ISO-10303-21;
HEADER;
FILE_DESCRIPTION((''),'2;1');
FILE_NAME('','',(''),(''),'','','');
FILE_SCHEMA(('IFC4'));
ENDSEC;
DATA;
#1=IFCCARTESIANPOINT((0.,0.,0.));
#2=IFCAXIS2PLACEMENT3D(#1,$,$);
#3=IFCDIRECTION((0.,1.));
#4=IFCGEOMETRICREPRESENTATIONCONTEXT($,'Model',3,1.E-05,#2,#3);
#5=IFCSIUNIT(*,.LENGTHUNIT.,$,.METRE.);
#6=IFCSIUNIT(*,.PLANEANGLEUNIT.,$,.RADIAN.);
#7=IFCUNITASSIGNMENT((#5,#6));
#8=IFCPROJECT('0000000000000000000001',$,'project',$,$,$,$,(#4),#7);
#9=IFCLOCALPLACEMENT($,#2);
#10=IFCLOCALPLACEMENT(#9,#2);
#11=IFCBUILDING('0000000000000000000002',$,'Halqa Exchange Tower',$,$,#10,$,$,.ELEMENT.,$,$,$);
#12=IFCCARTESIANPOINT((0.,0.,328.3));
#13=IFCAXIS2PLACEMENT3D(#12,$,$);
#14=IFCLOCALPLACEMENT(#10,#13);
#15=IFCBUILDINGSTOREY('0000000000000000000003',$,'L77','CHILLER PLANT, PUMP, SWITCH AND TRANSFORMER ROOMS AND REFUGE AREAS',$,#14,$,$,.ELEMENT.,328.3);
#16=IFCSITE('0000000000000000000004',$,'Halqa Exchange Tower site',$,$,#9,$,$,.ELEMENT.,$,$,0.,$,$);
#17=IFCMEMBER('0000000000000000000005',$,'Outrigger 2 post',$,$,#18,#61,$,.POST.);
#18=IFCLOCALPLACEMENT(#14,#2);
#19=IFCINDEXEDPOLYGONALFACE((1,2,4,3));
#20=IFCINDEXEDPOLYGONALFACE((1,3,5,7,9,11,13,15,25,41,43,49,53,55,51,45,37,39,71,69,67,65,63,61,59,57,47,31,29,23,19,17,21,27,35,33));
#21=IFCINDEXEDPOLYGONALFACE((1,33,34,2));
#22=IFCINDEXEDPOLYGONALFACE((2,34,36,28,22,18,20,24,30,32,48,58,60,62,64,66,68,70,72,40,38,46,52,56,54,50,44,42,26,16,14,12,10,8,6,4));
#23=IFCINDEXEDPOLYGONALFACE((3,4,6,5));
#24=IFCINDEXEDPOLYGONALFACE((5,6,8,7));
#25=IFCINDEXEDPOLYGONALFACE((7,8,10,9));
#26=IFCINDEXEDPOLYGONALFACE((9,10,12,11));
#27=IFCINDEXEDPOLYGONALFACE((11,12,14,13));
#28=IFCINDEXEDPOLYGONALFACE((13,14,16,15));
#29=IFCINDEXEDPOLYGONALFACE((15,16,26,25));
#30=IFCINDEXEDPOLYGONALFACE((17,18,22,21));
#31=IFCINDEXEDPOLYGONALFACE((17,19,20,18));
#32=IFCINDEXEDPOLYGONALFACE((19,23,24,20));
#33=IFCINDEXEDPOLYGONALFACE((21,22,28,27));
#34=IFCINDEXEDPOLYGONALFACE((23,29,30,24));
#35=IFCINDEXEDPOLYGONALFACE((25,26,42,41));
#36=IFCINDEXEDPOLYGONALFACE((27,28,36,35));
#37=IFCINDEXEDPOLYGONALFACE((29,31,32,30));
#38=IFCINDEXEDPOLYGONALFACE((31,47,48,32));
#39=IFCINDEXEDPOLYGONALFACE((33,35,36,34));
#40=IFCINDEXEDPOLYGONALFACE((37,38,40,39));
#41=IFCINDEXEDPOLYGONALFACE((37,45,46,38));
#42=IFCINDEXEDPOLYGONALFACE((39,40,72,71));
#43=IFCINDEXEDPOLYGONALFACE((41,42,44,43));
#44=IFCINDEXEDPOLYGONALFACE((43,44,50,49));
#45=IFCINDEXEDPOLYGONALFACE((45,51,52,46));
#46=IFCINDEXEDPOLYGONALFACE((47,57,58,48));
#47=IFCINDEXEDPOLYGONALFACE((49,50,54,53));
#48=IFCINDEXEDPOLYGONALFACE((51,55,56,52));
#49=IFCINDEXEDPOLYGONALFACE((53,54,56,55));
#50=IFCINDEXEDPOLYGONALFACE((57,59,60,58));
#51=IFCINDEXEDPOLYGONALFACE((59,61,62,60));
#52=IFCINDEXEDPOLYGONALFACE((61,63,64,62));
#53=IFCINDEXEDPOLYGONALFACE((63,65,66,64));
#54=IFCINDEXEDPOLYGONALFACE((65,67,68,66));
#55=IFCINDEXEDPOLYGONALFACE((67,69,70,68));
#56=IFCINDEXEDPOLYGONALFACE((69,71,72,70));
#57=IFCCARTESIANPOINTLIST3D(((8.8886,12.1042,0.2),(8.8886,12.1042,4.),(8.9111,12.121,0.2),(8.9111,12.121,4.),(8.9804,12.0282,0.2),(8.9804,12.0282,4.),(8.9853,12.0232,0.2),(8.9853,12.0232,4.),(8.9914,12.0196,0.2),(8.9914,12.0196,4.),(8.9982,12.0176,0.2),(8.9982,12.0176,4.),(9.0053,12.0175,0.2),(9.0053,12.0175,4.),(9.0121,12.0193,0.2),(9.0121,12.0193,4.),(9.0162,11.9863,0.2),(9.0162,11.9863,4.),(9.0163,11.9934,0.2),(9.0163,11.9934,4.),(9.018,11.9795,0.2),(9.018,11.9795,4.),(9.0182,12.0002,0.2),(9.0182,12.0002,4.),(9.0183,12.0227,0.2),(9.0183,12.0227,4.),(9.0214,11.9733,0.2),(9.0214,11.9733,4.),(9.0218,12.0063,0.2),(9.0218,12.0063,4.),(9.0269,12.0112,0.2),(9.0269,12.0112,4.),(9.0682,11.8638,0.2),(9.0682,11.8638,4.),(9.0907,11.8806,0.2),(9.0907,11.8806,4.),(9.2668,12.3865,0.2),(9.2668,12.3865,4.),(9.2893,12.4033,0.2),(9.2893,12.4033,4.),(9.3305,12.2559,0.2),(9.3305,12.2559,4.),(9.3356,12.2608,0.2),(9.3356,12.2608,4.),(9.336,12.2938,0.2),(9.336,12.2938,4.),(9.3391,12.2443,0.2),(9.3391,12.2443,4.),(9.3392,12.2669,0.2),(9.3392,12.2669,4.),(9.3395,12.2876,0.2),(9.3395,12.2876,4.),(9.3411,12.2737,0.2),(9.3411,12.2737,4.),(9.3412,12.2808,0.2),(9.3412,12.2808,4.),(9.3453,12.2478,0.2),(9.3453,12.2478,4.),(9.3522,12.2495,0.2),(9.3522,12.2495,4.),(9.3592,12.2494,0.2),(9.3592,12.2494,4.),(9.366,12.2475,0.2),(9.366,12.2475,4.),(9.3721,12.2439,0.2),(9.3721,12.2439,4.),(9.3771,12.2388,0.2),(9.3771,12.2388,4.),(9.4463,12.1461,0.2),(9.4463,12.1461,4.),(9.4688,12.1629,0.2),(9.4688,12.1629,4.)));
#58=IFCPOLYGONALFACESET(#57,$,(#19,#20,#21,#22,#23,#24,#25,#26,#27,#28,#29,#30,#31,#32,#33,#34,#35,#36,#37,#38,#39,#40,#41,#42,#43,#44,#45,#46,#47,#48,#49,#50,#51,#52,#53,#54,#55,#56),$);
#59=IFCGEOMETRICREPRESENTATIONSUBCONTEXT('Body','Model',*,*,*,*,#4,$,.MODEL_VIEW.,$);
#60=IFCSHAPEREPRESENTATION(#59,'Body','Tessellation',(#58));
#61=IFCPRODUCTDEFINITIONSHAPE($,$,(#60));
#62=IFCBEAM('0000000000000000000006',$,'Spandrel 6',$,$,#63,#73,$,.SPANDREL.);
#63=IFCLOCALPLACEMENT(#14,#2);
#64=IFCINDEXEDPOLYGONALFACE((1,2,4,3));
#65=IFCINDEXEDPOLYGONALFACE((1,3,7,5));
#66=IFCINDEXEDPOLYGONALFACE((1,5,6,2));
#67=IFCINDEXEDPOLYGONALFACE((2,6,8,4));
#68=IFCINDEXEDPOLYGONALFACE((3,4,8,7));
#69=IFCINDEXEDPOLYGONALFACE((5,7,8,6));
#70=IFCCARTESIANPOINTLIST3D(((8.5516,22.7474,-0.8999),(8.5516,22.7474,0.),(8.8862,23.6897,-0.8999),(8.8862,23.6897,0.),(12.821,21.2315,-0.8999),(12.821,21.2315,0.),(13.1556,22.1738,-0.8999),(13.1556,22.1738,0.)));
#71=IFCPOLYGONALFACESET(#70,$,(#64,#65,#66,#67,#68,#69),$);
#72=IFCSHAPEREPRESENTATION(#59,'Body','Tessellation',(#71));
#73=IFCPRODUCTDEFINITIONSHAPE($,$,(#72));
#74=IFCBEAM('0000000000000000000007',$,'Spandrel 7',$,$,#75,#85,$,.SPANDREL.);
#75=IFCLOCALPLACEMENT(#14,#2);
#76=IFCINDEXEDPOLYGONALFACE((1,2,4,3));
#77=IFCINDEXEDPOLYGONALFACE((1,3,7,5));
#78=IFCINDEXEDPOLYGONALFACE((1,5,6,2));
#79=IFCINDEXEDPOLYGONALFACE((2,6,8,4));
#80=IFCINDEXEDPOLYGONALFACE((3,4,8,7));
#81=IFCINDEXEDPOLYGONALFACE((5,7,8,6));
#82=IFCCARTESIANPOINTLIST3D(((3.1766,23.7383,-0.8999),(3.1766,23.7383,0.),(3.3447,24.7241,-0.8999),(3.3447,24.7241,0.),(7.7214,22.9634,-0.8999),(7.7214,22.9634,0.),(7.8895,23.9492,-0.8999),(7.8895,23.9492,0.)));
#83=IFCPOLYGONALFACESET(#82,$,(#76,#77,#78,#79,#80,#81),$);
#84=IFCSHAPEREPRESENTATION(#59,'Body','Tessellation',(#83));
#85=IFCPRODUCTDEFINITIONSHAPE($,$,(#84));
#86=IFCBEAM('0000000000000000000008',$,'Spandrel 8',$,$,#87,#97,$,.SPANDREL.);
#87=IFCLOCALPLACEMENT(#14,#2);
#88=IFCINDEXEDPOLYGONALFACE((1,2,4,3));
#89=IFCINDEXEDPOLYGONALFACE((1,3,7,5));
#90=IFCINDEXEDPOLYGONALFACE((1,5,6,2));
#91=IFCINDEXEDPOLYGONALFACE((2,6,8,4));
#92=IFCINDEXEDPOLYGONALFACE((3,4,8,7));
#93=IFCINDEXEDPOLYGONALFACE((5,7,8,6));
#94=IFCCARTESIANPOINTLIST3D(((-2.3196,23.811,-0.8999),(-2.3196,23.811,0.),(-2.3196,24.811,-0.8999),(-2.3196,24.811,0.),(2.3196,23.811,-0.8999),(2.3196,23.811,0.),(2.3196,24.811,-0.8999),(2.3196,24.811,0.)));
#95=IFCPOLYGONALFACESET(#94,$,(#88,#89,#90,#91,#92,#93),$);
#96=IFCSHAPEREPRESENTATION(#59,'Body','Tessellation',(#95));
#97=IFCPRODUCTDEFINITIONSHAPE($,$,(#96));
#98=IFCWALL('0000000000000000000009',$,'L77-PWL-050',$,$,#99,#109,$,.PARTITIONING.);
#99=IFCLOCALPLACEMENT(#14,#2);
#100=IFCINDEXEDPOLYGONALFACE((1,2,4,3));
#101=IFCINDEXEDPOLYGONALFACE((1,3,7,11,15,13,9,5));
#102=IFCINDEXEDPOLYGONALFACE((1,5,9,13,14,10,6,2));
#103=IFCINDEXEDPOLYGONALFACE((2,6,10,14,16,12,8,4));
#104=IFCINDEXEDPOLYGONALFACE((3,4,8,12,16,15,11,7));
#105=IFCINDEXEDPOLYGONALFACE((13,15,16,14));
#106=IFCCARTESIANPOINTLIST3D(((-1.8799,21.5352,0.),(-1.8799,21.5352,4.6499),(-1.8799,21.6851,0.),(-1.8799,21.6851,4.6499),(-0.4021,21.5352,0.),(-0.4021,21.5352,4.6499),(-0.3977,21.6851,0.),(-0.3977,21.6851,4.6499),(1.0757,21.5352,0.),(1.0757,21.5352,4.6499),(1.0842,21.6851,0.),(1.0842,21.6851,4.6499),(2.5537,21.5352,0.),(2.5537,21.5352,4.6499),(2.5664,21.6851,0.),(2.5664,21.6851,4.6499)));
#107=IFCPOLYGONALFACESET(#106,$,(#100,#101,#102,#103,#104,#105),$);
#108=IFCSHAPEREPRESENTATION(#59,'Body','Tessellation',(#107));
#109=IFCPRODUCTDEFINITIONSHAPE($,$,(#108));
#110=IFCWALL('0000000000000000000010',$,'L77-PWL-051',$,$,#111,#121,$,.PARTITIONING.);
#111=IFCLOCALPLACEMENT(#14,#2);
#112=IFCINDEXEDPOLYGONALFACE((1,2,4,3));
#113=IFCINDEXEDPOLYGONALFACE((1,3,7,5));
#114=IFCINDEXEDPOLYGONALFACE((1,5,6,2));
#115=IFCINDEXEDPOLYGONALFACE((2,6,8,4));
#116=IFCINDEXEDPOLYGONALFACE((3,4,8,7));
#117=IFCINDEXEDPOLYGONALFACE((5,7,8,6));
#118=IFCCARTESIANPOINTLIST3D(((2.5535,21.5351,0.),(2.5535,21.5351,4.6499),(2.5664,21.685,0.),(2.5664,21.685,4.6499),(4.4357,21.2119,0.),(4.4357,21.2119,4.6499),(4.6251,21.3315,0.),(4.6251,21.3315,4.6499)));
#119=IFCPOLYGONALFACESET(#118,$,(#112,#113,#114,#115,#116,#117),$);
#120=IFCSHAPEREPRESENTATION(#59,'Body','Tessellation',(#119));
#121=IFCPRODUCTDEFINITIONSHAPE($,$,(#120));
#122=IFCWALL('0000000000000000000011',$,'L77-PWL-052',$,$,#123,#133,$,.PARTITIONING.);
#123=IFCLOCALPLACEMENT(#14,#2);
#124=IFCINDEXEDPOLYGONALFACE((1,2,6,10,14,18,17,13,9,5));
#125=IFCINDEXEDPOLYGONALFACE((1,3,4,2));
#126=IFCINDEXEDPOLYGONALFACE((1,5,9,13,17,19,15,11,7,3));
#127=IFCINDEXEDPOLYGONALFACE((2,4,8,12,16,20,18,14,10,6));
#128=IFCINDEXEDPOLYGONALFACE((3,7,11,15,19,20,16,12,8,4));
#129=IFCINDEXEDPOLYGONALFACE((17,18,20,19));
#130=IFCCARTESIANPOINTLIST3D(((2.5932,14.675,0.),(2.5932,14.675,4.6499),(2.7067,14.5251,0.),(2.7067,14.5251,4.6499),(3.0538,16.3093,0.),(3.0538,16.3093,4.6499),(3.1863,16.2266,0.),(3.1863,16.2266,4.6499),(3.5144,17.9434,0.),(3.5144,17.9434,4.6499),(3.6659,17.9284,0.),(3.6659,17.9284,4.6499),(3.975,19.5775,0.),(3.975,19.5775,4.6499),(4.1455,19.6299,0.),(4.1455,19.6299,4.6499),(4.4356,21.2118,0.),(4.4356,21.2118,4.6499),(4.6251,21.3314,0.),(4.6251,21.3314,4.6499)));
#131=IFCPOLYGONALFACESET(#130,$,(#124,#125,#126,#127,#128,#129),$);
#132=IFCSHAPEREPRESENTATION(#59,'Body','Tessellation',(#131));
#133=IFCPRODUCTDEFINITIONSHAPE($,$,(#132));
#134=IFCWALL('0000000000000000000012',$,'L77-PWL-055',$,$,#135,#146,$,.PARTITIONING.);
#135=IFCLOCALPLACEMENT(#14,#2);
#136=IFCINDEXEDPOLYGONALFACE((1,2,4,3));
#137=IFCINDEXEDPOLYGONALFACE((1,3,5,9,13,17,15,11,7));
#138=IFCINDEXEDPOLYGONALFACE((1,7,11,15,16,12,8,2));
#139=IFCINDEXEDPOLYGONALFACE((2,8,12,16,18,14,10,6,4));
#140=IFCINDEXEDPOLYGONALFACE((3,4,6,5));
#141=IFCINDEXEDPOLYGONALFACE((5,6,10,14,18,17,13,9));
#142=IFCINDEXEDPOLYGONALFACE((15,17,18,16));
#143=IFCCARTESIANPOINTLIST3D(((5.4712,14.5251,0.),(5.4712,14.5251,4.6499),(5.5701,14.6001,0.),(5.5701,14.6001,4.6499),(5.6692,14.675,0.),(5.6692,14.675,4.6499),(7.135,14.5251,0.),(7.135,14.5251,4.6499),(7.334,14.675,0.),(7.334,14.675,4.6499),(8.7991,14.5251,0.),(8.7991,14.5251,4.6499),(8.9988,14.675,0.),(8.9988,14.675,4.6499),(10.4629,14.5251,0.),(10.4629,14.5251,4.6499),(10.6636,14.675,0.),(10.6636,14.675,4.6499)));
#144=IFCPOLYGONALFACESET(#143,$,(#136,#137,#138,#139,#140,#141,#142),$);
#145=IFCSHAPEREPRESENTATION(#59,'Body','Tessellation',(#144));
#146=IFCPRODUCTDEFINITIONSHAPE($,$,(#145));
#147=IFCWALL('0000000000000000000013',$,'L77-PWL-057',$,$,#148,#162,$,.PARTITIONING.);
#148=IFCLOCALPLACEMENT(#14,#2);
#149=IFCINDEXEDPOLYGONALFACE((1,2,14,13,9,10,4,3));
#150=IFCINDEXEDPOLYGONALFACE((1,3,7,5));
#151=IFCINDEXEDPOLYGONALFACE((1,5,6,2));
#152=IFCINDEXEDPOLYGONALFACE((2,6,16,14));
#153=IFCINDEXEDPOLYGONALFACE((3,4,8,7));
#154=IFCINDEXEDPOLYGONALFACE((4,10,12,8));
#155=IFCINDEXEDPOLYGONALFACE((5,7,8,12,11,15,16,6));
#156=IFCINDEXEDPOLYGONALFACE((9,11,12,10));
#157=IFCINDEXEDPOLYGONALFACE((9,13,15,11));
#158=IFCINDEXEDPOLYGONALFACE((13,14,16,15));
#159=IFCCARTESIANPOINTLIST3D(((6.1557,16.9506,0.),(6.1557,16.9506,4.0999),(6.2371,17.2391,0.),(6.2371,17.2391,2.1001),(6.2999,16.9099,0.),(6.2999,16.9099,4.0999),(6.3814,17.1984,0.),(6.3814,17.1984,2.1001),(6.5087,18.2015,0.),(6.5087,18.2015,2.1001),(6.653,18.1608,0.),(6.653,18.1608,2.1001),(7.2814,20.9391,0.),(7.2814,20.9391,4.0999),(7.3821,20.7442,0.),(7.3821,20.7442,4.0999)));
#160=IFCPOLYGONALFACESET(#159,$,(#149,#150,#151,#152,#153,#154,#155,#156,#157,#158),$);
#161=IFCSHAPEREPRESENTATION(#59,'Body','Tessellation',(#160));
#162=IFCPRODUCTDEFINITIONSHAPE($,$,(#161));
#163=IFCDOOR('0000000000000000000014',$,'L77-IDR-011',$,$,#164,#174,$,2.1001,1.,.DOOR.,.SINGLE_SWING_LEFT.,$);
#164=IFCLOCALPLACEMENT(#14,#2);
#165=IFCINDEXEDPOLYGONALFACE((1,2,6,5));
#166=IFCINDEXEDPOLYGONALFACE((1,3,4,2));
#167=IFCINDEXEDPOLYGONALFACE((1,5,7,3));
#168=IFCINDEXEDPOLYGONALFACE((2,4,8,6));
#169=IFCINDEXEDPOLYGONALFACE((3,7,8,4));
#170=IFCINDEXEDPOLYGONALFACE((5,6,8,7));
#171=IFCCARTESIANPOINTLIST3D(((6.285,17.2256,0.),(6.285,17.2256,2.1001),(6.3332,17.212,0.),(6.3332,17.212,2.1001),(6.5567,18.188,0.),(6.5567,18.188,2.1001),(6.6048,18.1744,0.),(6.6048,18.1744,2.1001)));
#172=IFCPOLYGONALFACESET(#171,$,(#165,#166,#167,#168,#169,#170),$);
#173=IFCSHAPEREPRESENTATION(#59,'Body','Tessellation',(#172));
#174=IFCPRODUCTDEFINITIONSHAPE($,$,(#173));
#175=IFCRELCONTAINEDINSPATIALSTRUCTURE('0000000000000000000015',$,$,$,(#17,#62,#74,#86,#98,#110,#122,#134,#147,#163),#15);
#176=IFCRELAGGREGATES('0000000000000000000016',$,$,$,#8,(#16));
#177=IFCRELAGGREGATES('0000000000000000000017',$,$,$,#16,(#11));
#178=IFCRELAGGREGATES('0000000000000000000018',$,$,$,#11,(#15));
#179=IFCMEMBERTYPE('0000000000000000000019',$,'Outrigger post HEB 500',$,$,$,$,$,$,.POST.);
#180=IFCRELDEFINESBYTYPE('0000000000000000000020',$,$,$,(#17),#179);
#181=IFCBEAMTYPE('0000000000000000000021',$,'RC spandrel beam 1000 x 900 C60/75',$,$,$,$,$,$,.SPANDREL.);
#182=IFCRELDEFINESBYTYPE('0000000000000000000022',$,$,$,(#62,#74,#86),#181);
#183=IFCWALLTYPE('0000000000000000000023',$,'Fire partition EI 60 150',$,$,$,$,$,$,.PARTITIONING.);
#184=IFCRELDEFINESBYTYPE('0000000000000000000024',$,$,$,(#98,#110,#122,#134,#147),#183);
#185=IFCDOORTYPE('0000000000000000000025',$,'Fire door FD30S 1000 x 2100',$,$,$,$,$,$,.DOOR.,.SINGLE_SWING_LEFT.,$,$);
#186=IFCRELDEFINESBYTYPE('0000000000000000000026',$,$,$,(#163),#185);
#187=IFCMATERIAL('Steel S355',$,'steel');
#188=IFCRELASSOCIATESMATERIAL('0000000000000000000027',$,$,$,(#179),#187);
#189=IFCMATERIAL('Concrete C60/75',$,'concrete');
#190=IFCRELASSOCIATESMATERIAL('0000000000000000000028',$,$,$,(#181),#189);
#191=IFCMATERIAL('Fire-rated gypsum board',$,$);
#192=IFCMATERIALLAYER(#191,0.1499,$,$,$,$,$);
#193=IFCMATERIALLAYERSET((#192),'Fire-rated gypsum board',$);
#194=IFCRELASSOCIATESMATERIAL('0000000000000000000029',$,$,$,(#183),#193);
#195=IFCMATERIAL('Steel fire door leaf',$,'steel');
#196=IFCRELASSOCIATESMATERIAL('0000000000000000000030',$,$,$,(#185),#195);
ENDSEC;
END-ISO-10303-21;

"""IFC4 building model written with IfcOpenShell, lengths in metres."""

from ifc_helpers import new_model, si_unit, direction, frame, frame_2d, origin, origin_2d, place, context, subcontext, project, spatial, polyline, rectangle, i_section, outline, extrude, material, layer, layer_set, material_profile, profile_set, type_object, element, fill, save


model = new_model("IFC4")

# Units and contexts
model_context = context("Model", 3, precision=1e-05, world=origin(), true_north=direction((0.0, 1.0)))
body_context = subcontext(model_context, "Body", "Model", "MODEL_VIEW")
ifc_project = project(units=[si_unit("LENGTHUNIT", "METRE"), si_unit("PLANEANGLEUNIT", "RADIAN")], contexts=[model_context])

# Site, building, storey
site_placement = place(None, origin())
site = spatial("IfcSite", under=ifc_project, at=site_placement, Name="Halqa Exchange Tower site", CompositionType="ELEMENT", RefElevation=0.0)
building_placement = place(site_placement, origin())
building = spatial("IfcBuilding", under=site, at=building_placement, Name="Halqa Exchange Tower", CompositionType="ELEMENT")
storey_placement = place(building_placement, frame((0.0, 0.0, 328.3)))
storey = spatial("IfcBuildingStorey", under=building, at=storey_placement, Name="L77", Description="CHILLER PLANT, PUMP, SWITCH AND TRANSFORMER ROOMS AND REFUGE AREAS", CompositionType="ELEMENT", Elevation=328.3)

# Member
ifc_material_1 = material(Name="Steel S355", Category="steel")
ifc_material_profile_1 = material_profile(ifc_material_1, i_section(OverallWidth=0.3, OverallDepth=0.5, WebThickness=0.0144, FlangeThickness=0.0281, FilletRadius=0.0271, at=origin_2d()), Name="HEB 500")
ifc_profile_set_1 = profile_set([ifc_material_profile_1], Name="Steel S355")
member_type_1 = type_object("IfcMemberType", Name="Outrigger post HEB 500", PredefinedType="POST", material=ifc_profile_set_1)
member_1_placement = place(storey_placement, frame((9.1787, 12.1335, 0.2), z_axis=(0.0, 0.0, 1.0), x_axis=(-0.598325, 0.801254, 0.0)))
element("IfcMember", 1, at=member_1_placement, inside=storey, type_object=member_type_1, Name="Outrigger 2 post", PredefinedType="POST", context=body_context, shape_type="SweptSolid", body=[
    extrude(i_section(OverallWidth=0.3, OverallDepth=0.5, WebThickness=0.0144, FlangeThickness=0.0281, FilletRadius=0.0271, at=origin_2d()), origin(), (0.0, 0.0, 1.0), 3.8),
])

# Beams
ifc_material_2 = material(Name="Concrete C60/75", Category="concrete")
ifc_material_profile_2 = material_profile(ifc_material_2, rectangle(XDim=1.0, YDim=0.8999, at=origin_2d()), Name="1000 x 900")
ifc_profile_set_2 = profile_set([ifc_material_profile_2], Name="Concrete C60/75")
beam_type = type_object("IfcBeamType", Name="RC spandrel beam 1000 x 900 C60/75", PredefinedType="SPANDREL", material=ifc_profile_set_2)
beam_1_placement = place(storey_placement, frame((12.9883, 21.7026, -0.45), z_axis=(-0.942361, 0.334598, 0.0), x_axis=(-0.334598, -0.942361, 0.0)))
element("IfcBeam", 2, at=beam_1_placement, inside=storey, type_object=beam_type, Name="Spandrel 6", PredefinedType="SPANDREL", context=body_context, shape_type="SweptSolid", body=[
    extrude(rectangle(XDim=1.0, YDim=0.8999, at=origin_2d()), origin(), (0.0, 0.0, 1.0), 4.5305),
])
beam_2_placement = place(storey_placement, frame((7.8054, 23.4563, -0.45), z_axis=(-0.985773, 0.168082, 0.0), x_axis=(-0.168082, -0.985773, 0.0)))
element("IfcBeam", 3, at=beam_2_placement, inside=storey, type_object=beam_type, Name="Spandrel 7", PredefinedType="SPANDREL", context=body_context, shape_type="SweptSolid", body=[
    extrude(rectangle(XDim=1.0, YDim=0.8999, at=origin_2d()), origin(), (0.0, 0.0, 1.0), 4.6104),
])
beam_3_placement = place(storey_placement, frame((2.3196, 24.311, -0.45), z_axis=(-1.0, 0.0, 0.0), x_axis=(0.0, -1.0, 0.0)))
element("IfcBeam", 4, at=beam_3_placement, inside=storey, type_object=beam_type, Name="Spandrel 8", PredefinedType="SPANDREL", context=body_context, shape_type="SweptSolid", body=[
    extrude(rectangle(XDim=1.0, YDim=0.8999, at=origin_2d()), origin(), (0.0, 0.0, 1.0), 4.6392),
])

# Walls
ifc_material_3 = material(Name="Fire-rated gypsum board")
ifc_layer_1 = layer(ifc_material_3, 0.1499)
ifc_layer_set_1 = layer_set([ifc_layer_1], Name="Fire-rated gypsum board")
wall_type_1 = type_object("IfcWallType", Name="Fire partition EI 60 150", PredefinedType="PARTITIONING", material=ifc_layer_set_1)
wall_1_placement = place(storey_placement, frame((2.5664, 21.6101, 0.0), z_axis=(0.0, 0.0, 1.0), x_axis=(-1.0, 0.0, 0.0)))
element("IfcWall", 5, at=wall_1_placement, inside=storey, type_object=wall_type_1, Name="L77-PWL-050", PredefinedType="PARTITIONING", context=body_context, shape_type="SweptSolid", body=[
    extrude(outline(polyline([(4.4463, 0.075), (2.9685, 0.075), (1.4907, 0.075), (0.0127, 0.075), (0.0, -0.075), (1.4822, -0.075), (2.9641, -0.075), (4.4463, -0.075), (4.4463, 0.075)])), origin(), (0.0, 0.0, 1.0), 4.6499),
])
wall_2_placement = place(storey_placement, frame((2.5537, 21.6111, 0.0), z_axis=(0.0, 0.0, 1.0), x_axis=(0.985577, -0.16923, 0.0)))
element("IfcWall", 6, at=wall_2_placement, inside=storey, type_object=wall_type_1, Name="L77-PWL-051", PredefinedType="PARTITIONING", context=body_context, shape_type="SweptSolid", body=[
    extrude(outline(polyline([(0.0127, -0.075), (1.9224, -0.075), (2.0889, 0.075), (2.0889, 0.075), (0.0, 0.075), (0.0, 0.075), (0.0127, -0.075)])), origin(), (0.0, 0.0, 1.0), 4.6499),
])
wall_3_placement = place(storey_placement, frame((2.6345, 14.5454, 0.0), z_axis=(0.0, 0.0, 1.0), x_axis=(0.27129, 0.962498, 0.0)))
element("IfcWall", 7, at=wall_3_placement, inside=storey, type_object=wall_type_1, Name="L77-PWL-052", PredefinedType="PARTITIONING", context=body_context, shape_type="SweptSolid", body=[
    extrude(outline(polyline([(0.0, -0.075), (1.7678, -0.075), (3.5359, -0.075), (5.3037, -0.075), (7.0715, -0.075), (6.905, 0.075), (5.207, 0.075), (3.5093, 0.075), (1.8115, 0.075), (0.1135, 0.075), (0.0, -0.075)])), origin(), (0.0, 0.0, 1.0), 4.6499),
])
wall_4_placement = place(storey_placement, frame((5.4709, 14.6001, 0.0), z_axis=(0.0, 0.0, 1.0), x_axis=(1.0, 0.0, 0.0)))
element("IfcWall", 8, at=wall_4_placement, inside=storey, type_object=wall_type_1, Name="L77-PWL-055", PredefinedType="PARTITIONING", context=body_context, shape_type="SweptSolid", body=[
    extrude(outline(polyline([(0.0002, -0.075), (1.6641, -0.075), (3.3281, -0.075), (4.9919, -0.075), (5.1926, 0.075), (5.1926, 0.075), (3.5278, 0.075), (1.863, 0.075), (0.1982, 0.075), (0.1982, 0.075), (0.1982, 0.075), (0.0991, 0.0), (0.0002, -0.075)])), origin(), (0.0, 0.0, 1.0), 4.6499),
])

# Wall, opening, door
wall_5_placement = place(storey_placement, frame((7.3535, 20.9187, 0.0), z_axis=(0.0, 0.0, 1.0), x_axis=(-0.271631, -0.962402, 0.0)))
wall_5 = element("IfcWall", 9, at=wall_5_placement, inside=storey, type_object=wall_type_1, Name="L77-PWL-057", PredefinedType="PARTITIONING", context=body_context, shape_type="SweptSolid", body=[
    extrude(outline(polyline([(4.1443, 0.075), (2.1523, 0.075), (0.1602, 0.075), (0.0, -0.075), (1.3816, -0.075), (2.7629, -0.075), (4.1443, -0.075), (4.1443, 0.075)])), origin(), (0.0, 0.0, 1.0), 4.0999),
])
opening_placement = place(wall_5_placement, frame((2.8445, 0.0, 0.0)))
opening = element("IfcOpeningElement", 10, at=opening_placement, cuts=wall_5, PredefinedType="OPENING", context=body_context, shape_type="SweptSolid", body=[
    extrude(rectangle(XDim=1.0, YDim=2.1001, at=frame_2d((0.5, 1.05))), frame((0.0, 0.0869, 0.0), z_axis=(0.0, -1.0, 0.0), x_axis=(1.0, 0.0, 0.0)), (0.0, 0.0, 1.0), 0.1738),
])
ifc_material_4 = material(Name="Steel fire door leaf", Category="steel")
door_type = type_object("IfcDoorType", Name="Fire door FD30S 1000 x 2100", OperationType="SINGLE_SWING_LEFT", PredefinedType="DOOR", material=ifc_material_4)
door_placement = place(opening_placement, origin())
door = element("IfcDoor", 11, at=door_placement, inside=storey, type_object=door_type, Name="L77-IDR-011", OperationType="SINGLE_SWING_LEFT", OverallHeight=2.1001, OverallWidth=1.0, PredefinedType="DOOR", context=body_context, shape_type="SweptSolid", body=[
    extrude(rectangle(XDim=1.0, YDim=2.1001, at=frame_2d((0.5, 1.05))), frame((0.0, 0.0249, 0.0), z_axis=(0.0, -1.0, 0.0), x_axis=(1.0, 0.0, 0.0)), (0.0, 0.0, 1.0), 0.05),
])
fill(opening, door)

save(model, "model.ifc")
